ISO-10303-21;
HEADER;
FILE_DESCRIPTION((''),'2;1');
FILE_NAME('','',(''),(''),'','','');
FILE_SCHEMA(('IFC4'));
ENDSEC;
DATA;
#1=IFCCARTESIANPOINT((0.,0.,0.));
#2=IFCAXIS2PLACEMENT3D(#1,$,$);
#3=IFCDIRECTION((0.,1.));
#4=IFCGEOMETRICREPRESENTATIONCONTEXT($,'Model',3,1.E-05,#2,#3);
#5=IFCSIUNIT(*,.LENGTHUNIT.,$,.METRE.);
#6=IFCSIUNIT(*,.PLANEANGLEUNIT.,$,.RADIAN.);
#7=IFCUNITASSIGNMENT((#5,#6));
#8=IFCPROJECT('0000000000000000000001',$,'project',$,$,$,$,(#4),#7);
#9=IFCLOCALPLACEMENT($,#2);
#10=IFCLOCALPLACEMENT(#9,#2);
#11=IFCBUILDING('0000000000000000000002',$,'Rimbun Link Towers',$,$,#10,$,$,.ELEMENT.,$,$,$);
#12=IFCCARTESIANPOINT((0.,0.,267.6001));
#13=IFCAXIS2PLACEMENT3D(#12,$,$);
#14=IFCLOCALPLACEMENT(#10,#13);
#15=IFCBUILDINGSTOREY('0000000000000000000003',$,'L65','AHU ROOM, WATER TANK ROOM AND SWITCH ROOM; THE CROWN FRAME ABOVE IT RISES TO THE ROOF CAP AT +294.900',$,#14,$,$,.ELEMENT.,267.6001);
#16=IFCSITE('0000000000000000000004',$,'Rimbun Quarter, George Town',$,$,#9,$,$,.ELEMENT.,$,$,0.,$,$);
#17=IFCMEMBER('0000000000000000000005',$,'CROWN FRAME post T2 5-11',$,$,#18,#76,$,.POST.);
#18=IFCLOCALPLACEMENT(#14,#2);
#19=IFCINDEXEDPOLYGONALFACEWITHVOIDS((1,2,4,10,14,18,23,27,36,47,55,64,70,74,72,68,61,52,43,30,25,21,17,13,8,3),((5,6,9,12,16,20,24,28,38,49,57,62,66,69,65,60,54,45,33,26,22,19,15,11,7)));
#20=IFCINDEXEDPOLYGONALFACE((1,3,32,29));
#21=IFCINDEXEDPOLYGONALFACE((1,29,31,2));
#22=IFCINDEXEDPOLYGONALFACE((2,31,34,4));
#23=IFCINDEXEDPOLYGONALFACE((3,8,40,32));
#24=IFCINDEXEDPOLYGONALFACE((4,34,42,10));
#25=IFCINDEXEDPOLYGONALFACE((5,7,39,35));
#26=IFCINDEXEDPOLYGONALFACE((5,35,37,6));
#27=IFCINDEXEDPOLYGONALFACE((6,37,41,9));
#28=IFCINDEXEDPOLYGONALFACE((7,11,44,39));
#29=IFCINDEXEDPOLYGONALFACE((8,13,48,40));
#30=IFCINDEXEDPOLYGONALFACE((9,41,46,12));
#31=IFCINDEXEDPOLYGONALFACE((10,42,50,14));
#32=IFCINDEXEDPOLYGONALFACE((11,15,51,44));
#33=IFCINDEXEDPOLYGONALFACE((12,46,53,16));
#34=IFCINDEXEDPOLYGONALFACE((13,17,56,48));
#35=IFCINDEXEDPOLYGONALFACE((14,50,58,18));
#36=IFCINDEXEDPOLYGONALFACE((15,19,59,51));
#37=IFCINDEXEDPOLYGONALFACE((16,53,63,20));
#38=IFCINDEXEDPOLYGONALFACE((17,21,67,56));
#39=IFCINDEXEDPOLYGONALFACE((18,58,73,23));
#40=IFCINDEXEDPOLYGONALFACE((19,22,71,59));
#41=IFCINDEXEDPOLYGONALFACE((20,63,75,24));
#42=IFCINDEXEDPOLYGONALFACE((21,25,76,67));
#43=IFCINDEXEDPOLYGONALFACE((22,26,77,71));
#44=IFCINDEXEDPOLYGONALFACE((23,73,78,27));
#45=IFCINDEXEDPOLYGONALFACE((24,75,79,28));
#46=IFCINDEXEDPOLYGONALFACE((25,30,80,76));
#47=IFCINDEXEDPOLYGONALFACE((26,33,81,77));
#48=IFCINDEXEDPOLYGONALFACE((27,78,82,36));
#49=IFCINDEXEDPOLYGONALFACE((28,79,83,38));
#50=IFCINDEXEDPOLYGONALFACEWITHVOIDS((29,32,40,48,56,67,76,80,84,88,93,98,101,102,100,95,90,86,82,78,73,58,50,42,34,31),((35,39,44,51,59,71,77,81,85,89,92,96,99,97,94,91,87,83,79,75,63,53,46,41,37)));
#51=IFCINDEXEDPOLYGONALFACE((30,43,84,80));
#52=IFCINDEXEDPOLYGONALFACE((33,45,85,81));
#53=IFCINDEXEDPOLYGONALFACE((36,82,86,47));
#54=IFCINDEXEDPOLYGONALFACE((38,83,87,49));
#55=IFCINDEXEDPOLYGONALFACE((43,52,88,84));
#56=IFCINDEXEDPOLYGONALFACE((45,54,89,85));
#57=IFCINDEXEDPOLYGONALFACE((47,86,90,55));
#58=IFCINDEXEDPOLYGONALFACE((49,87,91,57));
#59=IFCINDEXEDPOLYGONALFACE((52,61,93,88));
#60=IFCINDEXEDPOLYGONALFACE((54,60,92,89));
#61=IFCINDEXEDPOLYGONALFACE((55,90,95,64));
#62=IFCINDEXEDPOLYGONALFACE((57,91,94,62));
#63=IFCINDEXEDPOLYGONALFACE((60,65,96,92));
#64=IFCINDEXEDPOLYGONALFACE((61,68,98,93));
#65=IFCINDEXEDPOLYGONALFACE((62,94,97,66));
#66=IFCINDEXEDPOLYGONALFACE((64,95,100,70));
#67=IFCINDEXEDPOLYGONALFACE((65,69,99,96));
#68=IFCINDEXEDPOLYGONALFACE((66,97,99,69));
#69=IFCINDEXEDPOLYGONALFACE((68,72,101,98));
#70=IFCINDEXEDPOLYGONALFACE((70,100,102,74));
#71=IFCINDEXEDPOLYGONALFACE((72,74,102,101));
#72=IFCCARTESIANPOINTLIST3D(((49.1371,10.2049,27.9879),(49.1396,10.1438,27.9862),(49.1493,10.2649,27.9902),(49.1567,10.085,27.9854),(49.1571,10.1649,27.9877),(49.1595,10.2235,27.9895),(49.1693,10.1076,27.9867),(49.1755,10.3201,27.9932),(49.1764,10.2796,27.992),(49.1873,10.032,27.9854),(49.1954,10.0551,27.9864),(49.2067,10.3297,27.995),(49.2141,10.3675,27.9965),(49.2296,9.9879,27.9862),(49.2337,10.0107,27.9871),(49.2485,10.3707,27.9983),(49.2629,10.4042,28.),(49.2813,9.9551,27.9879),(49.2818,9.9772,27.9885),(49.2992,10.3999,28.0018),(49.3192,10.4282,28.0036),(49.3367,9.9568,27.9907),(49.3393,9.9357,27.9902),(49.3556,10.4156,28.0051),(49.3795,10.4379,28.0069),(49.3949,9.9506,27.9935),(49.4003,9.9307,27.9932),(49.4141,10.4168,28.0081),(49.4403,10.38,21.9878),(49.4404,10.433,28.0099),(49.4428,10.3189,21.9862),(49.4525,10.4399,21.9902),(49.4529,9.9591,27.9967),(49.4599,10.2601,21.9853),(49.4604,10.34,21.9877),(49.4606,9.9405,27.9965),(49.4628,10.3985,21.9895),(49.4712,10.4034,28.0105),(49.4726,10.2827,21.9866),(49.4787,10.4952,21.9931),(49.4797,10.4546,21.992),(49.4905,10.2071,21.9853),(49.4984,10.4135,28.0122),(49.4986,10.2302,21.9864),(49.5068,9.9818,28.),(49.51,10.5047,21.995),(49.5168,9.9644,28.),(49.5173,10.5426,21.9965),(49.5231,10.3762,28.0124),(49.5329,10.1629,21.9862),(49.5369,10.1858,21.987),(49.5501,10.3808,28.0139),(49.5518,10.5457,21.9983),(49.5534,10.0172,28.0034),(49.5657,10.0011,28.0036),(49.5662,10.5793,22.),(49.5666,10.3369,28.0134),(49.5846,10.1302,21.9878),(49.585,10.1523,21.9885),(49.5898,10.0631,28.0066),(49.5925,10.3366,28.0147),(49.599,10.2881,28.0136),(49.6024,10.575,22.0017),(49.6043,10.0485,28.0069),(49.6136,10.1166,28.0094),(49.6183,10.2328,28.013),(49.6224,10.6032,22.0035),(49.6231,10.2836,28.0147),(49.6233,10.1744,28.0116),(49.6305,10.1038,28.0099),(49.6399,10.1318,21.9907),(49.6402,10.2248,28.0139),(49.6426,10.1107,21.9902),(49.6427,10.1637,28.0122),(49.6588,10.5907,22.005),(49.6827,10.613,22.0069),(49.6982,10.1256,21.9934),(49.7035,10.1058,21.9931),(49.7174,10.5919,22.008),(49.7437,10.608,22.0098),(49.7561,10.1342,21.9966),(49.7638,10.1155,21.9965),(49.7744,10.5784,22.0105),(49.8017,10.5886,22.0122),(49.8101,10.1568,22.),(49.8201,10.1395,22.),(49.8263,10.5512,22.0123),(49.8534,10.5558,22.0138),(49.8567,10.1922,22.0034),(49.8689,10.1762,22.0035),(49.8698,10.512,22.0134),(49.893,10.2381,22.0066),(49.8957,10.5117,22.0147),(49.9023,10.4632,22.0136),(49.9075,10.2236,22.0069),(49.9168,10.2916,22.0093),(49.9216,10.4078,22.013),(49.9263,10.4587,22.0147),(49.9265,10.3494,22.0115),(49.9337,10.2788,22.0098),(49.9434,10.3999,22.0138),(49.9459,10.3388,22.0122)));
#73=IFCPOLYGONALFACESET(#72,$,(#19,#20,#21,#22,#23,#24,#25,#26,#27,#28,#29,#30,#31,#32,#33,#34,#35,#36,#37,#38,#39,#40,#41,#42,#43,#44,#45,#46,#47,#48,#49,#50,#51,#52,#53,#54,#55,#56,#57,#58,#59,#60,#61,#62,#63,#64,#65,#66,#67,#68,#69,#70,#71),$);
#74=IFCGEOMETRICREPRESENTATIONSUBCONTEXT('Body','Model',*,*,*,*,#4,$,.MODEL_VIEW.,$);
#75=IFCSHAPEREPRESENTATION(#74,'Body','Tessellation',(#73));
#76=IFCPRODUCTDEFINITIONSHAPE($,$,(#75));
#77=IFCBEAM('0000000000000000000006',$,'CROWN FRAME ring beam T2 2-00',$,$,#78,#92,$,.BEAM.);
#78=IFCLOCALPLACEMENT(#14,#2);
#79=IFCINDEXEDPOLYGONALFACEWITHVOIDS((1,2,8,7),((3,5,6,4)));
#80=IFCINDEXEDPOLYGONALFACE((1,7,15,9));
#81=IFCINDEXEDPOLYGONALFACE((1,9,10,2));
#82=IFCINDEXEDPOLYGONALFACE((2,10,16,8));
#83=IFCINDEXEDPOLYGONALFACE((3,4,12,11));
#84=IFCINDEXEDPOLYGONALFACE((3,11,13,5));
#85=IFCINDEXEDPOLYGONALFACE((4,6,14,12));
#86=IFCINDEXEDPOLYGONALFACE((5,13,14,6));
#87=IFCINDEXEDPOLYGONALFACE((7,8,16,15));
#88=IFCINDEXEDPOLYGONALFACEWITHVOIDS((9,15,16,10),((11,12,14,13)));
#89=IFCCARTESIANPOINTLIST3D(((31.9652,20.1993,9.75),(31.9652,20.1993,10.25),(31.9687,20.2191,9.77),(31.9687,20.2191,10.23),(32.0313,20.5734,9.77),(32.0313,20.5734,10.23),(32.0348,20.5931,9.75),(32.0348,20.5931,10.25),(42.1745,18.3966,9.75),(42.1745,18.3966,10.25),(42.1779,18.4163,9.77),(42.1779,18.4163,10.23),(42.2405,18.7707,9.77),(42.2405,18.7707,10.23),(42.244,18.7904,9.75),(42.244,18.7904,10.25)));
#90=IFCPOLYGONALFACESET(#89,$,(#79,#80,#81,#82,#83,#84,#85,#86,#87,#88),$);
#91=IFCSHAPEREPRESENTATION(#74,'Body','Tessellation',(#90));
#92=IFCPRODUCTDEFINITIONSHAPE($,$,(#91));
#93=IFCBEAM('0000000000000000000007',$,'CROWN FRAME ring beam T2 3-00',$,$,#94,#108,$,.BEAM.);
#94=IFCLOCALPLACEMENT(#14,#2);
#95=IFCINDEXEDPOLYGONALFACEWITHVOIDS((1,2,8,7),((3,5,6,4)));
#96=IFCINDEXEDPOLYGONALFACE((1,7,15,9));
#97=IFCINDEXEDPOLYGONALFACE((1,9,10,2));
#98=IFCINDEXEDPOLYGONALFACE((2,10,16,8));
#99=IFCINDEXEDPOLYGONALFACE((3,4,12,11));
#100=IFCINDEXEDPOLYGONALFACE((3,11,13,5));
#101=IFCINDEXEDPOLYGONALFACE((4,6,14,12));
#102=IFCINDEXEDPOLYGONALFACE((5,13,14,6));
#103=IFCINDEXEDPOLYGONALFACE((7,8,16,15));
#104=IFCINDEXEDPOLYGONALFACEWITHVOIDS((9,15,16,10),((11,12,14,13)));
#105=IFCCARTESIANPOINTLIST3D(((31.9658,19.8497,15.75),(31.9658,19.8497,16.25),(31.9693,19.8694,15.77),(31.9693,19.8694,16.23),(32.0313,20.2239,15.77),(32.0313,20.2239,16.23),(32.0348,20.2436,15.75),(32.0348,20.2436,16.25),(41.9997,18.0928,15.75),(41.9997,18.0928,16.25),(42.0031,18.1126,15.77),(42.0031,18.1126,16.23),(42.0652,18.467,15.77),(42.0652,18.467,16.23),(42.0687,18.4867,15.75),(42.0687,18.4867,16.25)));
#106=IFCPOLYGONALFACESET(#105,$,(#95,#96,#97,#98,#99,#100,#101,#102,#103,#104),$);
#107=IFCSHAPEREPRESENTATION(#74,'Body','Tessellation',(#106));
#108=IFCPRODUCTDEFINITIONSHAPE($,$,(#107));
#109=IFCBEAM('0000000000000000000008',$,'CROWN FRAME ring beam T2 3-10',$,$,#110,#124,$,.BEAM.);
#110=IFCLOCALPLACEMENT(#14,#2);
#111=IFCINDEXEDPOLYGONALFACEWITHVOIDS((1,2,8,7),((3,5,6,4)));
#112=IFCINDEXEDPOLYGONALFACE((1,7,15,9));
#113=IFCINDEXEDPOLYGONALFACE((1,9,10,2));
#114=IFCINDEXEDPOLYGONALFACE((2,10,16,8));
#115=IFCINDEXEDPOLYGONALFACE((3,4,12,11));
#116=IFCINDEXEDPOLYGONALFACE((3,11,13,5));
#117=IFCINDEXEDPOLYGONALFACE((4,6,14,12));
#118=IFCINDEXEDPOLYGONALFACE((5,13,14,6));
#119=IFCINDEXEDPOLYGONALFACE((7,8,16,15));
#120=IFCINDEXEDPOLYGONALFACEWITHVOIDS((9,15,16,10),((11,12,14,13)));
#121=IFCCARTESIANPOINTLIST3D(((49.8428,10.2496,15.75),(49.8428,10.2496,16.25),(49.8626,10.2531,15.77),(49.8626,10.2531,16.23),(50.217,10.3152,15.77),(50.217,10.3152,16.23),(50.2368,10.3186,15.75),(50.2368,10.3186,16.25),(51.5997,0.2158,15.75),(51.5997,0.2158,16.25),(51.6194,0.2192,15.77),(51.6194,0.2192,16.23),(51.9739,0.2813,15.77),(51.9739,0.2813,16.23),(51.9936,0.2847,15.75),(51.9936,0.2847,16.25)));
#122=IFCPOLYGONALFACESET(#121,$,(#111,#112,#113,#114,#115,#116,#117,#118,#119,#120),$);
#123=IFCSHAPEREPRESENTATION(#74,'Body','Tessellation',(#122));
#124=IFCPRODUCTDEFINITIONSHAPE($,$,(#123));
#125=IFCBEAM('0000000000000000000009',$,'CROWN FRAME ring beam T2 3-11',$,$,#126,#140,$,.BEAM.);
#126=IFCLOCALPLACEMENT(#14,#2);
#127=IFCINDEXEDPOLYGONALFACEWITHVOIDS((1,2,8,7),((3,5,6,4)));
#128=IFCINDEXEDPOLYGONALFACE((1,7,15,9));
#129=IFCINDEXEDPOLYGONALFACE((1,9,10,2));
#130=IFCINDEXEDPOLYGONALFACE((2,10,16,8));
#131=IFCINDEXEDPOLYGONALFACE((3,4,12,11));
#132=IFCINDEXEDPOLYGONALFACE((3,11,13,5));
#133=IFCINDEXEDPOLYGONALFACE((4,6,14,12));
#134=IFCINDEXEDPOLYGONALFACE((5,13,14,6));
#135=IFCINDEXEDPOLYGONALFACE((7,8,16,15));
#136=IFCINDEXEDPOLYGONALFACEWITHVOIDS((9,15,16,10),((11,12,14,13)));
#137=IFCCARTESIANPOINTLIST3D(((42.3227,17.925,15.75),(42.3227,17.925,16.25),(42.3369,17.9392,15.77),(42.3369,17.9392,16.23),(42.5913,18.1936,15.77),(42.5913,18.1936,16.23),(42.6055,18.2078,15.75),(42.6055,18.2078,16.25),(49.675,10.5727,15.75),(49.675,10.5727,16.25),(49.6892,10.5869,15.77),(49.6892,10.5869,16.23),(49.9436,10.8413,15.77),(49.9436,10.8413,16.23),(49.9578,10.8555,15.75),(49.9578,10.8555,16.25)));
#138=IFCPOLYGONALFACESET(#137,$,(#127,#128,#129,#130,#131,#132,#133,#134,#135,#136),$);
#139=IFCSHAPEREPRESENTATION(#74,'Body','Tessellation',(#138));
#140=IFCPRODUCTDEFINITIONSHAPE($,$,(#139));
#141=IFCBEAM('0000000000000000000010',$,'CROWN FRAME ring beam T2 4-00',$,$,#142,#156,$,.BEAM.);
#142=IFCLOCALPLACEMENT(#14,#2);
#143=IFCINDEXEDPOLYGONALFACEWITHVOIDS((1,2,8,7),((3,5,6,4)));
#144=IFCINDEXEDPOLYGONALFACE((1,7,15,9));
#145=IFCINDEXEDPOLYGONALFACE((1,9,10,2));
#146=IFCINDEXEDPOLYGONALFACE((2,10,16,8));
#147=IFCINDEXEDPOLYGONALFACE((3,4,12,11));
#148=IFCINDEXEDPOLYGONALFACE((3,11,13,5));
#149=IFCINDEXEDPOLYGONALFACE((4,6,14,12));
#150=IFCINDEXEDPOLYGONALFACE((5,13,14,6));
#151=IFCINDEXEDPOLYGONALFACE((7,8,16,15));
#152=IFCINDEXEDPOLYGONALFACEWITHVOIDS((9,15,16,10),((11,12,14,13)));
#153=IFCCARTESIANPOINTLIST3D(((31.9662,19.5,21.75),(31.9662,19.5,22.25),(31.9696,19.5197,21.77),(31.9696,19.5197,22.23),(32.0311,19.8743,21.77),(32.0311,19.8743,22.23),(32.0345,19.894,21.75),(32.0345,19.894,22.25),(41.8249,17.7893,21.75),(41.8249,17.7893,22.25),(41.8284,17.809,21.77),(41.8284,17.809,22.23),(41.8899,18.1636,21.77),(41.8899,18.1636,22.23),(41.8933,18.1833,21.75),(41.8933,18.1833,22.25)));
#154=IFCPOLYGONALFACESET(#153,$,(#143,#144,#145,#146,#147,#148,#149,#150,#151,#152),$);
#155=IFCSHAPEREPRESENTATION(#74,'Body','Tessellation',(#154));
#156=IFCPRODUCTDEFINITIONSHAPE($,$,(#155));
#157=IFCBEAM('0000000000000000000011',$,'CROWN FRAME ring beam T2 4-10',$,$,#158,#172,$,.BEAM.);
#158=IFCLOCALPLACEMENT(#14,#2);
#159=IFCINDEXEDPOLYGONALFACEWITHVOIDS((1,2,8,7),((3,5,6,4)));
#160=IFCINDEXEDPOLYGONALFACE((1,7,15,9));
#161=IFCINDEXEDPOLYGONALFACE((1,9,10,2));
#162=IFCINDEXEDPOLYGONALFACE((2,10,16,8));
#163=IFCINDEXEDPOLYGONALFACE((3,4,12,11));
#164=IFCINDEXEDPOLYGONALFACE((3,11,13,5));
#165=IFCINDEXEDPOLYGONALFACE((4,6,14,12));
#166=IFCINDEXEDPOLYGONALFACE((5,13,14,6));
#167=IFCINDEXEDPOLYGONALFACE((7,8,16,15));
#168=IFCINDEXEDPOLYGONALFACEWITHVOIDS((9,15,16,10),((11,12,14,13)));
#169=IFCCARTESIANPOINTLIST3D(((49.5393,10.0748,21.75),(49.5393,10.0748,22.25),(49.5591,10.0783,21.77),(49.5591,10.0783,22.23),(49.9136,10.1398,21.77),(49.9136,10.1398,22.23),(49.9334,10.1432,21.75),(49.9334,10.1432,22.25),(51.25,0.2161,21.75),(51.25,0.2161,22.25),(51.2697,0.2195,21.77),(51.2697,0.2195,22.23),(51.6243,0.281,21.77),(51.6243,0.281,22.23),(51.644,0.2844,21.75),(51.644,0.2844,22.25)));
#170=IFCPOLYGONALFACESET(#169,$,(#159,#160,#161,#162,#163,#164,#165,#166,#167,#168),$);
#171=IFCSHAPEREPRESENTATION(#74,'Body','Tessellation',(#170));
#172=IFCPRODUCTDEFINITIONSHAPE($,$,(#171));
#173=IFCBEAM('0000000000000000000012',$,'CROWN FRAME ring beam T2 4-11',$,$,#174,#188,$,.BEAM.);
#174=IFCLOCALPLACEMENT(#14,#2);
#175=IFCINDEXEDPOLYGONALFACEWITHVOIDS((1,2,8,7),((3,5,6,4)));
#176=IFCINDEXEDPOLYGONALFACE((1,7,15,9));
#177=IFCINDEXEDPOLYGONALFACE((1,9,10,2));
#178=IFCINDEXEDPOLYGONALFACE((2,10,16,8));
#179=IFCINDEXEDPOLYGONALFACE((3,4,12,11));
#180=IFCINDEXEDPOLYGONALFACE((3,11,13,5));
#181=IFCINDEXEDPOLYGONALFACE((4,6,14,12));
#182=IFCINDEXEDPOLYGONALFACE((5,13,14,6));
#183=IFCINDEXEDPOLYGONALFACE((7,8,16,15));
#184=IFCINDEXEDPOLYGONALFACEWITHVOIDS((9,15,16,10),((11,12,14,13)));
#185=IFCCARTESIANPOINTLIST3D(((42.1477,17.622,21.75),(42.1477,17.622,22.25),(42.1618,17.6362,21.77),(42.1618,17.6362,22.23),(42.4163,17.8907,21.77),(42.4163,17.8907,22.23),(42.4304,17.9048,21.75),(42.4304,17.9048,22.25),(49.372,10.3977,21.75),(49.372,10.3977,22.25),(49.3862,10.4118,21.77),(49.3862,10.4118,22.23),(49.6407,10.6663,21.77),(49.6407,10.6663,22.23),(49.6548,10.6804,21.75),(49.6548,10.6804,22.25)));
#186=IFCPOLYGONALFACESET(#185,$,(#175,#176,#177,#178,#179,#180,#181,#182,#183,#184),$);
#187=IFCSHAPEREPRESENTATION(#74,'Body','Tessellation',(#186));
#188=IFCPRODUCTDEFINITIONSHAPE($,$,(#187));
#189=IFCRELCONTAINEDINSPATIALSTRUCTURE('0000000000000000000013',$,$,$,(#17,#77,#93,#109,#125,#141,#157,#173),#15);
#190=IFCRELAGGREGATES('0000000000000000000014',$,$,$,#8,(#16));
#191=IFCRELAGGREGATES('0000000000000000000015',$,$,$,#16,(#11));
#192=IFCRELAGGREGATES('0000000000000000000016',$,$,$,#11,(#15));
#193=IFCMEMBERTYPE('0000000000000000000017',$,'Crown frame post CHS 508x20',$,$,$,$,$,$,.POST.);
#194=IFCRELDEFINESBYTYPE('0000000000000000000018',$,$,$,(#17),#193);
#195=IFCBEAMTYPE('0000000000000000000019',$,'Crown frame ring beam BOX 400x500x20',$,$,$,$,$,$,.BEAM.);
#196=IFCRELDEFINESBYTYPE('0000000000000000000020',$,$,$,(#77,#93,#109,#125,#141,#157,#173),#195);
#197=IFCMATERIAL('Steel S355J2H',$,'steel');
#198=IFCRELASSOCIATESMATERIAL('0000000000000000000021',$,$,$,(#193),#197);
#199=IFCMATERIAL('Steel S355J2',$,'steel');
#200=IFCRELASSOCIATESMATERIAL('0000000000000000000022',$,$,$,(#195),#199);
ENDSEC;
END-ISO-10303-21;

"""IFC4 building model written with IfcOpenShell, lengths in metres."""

from ifc_helpers import new_model, si_unit, direction, frame, origin, origin_2d, place, context, subcontext, project, spatial, hollow_rectangle, hollow_circle, extrude, material, material_profile, profile_set, type_object, element, save


model = new_model("IFC4")

# Units and contexts
model_context = context("Model", 3, precision=1e-05, world=origin(), true_north=direction((0.0, 1.0)))
body_context = subcontext(model_context, "Body", "Model", "MODEL_VIEW")
ifc_project = project(units=[si_unit("LENGTHUNIT", "METRE"), si_unit("PLANEANGLEUNIT", "RADIAN")], contexts=[model_context])

# Site, building, storey
site_placement = place(None, origin())
site = spatial("IfcSite", under=ifc_project, at=site_placement, Name="Rimbun Quarter, George Town", CompositionType="ELEMENT", RefElevation=0.0)
building_placement = place(site_placement, origin())
building = spatial("IfcBuilding", under=site, at=building_placement, Name="Rimbun Link Towers", CompositionType="ELEMENT")
storey_placement = place(building_placement, frame((0.0, 0.0, 267.6001)))
storey = spatial("IfcBuildingStorey", under=building, at=storey_placement, Name="L65", Description="AHU ROOM, WATER TANK ROOM AND SWITCH ROOM; THE CROWN FRAME ABOVE IT RISES TO THE ROOF CAP AT +294.900", CompositionType="ELEMENT", Elevation=267.6001)

# Member
ifc_material_1 = material(Name="Steel S355J2H", Category="steel")
ifc_material_profile_1 = material_profile(ifc_material_1, hollow_circle(Radius=0.2539, WallThickness=0.02, at=origin_2d()), Name="Crown frame post CHS 508x20")
ifc_profile_set_1 = profile_set([ifc_material_profile_1], Name="Steel S355J2H")
member_type_1 = type_object("IfcMemberType", Name="Crown frame post CHS 508x20", PredefinedType="POST", material=ifc_profile_set_1)
for number, where, z_axis, x_axis, name in (
    (1, (49.6931, 10.3594, 22.0), (-0.050451, -0.029125, 0.998302), (0.499964, -0.866046, 0.0), "CROWN FRAME post T2 5-11"),
):
    element("IfcMember", number, at=place(storey_placement, frame(where, z_axis=z_axis, x_axis=x_axis)), inside=storey, type_object=member_type_1, Name=name, PredefinedType="POST", context=body_context, shape_type="SweptSolid", body=[
        extrude(hollow_circle(Radius=0.2539, WallThickness=0.02, at=origin_2d()), origin(), (0.0, 0.0, 1.0), 6.0103),
    ])

# Beams
ifc_material_2 = material(Name="Steel S355J2", Category="steel")
ifc_material_profile_2 = material_profile(ifc_material_2, hollow_rectangle(XDim=0.3999, YDim=0.5, WallThickness=0.02, at=origin_2d()), Name="Crown frame ring beam BOX 400x500x20")
ifc_profile_set_2 = profile_set([ifc_material_profile_2], Name="Steel S355J2")
beam_type = type_object("IfcBeamType", Name="Crown frame ring beam BOX 400x500x20", PredefinedType="BEAM", material=ifc_profile_set_2)
beam_1_placement = place(storey_placement, frame((42.2092, 18.5935, 10.0), z_axis=(-0.984765, 0.173889, 0.0), x_axis=(-0.173889, -0.984765, 0.0)))
element("IfcBeam", 2, at=beam_1_placement, inside=storey, type_object=beam_type, Name="CROWN FRAME ring beam T2 2-00", PredefinedType="BEAM", context=body_context, shape_type="SweptSolid", body=[
    extrude(hollow_rectangle(XDim=0.3999, YDim=0.5, WallThickness=0.02, at=origin_2d()), origin(), (0.0, 0.0, 1.0), 10.3672),
])
for number, where, z_axis, x_axis, name in (
    (3, (42.0342, 18.2898, 16.0), (-0.985016, 0.172466, 0.0), (-0.172466, -0.985016, 0.0), "CROWN FRAME ring beam T2 3-00"),
    (4, (51.7966, 0.2502, 16.0), (-0.172466, 0.985016, 0.0), (-0.985016, -0.172466, 0.0), "CROWN FRAME ring beam T2 3-10"),
):
    element("IfcBeam", number, at=place(storey_placement, frame(where, z_axis=z_axis, x_axis=x_axis)), inside=storey, type_object=beam_type, Name=name, PredefinedType="BEAM", context=body_context, shape_type="SweptSolid", body=[
        extrude(hollow_rectangle(XDim=0.3999, YDim=0.5, WallThickness=0.02, at=origin_2d()), origin(), (0.0, 0.0, 1.0), 10.1865),
    ])
beam_2_placement = place(storey_placement, frame((49.8164, 10.7141, 16.0), z_axis=(-0.707107, 0.707107, 0.0), x_axis=(-0.707107, -0.707107, 0.0)))
element("IfcBeam", 5, at=beam_2_placement, inside=storey, type_object=beam_type, Name="CROWN FRAME ring beam T2 3-11", PredefinedType="BEAM", context=body_context, shape_type="SweptSolid", body=[
    extrude(hollow_rectangle(XDim=0.3999, YDim=0.5, WallThickness=0.02, at=origin_2d()), origin(), (0.0, 0.0, 1.0), 10.3977),
])
for number, where, z_axis, x_axis, name in (
    (6, (41.8591, 17.9863, 22.0), (-0.985277, 0.170963, 0.0), (-0.170963, -0.985277, 0.0), "CROWN FRAME ring beam T2 4-00"),
    (7, (51.447, 0.2502, 22.0), (-0.170963, 0.985277, 0.0), (-0.985277, -0.170963, 0.0), "CROWN FRAME ring beam T2 4-10"),
):
    element("IfcBeam", number, at=place(storey_placement, frame(where, z_axis=z_axis, x_axis=x_axis)), inside=storey, type_object=beam_type, Name=name, PredefinedType="BEAM", context=body_context, shape_type="SweptSolid", body=[
        extrude(hollow_rectangle(XDim=0.3999, YDim=0.5, WallThickness=0.02, at=origin_2d()), origin(), (0.0, 0.0, 1.0), 10.0061),
    ])
beam_3_placement = place(storey_placement, frame((49.5134, 10.5391, 22.0), z_axis=(-0.707107, 0.707107, 0.0), x_axis=(-0.707107, -0.707107, 0.0)))
element("IfcBeam", 8, at=beam_3_placement, inside=storey, type_object=beam_type, Name="CROWN FRAME ring beam T2 4-11", PredefinedType="BEAM", context=body_context, shape_type="SweptSolid", body=[
    extrude(hollow_rectangle(XDim=0.3999, YDim=0.5, WallThickness=0.02, at=origin_2d()), origin(), (0.0, 0.0, 1.0), 10.2168),
])

save(model, "model.ifc")
